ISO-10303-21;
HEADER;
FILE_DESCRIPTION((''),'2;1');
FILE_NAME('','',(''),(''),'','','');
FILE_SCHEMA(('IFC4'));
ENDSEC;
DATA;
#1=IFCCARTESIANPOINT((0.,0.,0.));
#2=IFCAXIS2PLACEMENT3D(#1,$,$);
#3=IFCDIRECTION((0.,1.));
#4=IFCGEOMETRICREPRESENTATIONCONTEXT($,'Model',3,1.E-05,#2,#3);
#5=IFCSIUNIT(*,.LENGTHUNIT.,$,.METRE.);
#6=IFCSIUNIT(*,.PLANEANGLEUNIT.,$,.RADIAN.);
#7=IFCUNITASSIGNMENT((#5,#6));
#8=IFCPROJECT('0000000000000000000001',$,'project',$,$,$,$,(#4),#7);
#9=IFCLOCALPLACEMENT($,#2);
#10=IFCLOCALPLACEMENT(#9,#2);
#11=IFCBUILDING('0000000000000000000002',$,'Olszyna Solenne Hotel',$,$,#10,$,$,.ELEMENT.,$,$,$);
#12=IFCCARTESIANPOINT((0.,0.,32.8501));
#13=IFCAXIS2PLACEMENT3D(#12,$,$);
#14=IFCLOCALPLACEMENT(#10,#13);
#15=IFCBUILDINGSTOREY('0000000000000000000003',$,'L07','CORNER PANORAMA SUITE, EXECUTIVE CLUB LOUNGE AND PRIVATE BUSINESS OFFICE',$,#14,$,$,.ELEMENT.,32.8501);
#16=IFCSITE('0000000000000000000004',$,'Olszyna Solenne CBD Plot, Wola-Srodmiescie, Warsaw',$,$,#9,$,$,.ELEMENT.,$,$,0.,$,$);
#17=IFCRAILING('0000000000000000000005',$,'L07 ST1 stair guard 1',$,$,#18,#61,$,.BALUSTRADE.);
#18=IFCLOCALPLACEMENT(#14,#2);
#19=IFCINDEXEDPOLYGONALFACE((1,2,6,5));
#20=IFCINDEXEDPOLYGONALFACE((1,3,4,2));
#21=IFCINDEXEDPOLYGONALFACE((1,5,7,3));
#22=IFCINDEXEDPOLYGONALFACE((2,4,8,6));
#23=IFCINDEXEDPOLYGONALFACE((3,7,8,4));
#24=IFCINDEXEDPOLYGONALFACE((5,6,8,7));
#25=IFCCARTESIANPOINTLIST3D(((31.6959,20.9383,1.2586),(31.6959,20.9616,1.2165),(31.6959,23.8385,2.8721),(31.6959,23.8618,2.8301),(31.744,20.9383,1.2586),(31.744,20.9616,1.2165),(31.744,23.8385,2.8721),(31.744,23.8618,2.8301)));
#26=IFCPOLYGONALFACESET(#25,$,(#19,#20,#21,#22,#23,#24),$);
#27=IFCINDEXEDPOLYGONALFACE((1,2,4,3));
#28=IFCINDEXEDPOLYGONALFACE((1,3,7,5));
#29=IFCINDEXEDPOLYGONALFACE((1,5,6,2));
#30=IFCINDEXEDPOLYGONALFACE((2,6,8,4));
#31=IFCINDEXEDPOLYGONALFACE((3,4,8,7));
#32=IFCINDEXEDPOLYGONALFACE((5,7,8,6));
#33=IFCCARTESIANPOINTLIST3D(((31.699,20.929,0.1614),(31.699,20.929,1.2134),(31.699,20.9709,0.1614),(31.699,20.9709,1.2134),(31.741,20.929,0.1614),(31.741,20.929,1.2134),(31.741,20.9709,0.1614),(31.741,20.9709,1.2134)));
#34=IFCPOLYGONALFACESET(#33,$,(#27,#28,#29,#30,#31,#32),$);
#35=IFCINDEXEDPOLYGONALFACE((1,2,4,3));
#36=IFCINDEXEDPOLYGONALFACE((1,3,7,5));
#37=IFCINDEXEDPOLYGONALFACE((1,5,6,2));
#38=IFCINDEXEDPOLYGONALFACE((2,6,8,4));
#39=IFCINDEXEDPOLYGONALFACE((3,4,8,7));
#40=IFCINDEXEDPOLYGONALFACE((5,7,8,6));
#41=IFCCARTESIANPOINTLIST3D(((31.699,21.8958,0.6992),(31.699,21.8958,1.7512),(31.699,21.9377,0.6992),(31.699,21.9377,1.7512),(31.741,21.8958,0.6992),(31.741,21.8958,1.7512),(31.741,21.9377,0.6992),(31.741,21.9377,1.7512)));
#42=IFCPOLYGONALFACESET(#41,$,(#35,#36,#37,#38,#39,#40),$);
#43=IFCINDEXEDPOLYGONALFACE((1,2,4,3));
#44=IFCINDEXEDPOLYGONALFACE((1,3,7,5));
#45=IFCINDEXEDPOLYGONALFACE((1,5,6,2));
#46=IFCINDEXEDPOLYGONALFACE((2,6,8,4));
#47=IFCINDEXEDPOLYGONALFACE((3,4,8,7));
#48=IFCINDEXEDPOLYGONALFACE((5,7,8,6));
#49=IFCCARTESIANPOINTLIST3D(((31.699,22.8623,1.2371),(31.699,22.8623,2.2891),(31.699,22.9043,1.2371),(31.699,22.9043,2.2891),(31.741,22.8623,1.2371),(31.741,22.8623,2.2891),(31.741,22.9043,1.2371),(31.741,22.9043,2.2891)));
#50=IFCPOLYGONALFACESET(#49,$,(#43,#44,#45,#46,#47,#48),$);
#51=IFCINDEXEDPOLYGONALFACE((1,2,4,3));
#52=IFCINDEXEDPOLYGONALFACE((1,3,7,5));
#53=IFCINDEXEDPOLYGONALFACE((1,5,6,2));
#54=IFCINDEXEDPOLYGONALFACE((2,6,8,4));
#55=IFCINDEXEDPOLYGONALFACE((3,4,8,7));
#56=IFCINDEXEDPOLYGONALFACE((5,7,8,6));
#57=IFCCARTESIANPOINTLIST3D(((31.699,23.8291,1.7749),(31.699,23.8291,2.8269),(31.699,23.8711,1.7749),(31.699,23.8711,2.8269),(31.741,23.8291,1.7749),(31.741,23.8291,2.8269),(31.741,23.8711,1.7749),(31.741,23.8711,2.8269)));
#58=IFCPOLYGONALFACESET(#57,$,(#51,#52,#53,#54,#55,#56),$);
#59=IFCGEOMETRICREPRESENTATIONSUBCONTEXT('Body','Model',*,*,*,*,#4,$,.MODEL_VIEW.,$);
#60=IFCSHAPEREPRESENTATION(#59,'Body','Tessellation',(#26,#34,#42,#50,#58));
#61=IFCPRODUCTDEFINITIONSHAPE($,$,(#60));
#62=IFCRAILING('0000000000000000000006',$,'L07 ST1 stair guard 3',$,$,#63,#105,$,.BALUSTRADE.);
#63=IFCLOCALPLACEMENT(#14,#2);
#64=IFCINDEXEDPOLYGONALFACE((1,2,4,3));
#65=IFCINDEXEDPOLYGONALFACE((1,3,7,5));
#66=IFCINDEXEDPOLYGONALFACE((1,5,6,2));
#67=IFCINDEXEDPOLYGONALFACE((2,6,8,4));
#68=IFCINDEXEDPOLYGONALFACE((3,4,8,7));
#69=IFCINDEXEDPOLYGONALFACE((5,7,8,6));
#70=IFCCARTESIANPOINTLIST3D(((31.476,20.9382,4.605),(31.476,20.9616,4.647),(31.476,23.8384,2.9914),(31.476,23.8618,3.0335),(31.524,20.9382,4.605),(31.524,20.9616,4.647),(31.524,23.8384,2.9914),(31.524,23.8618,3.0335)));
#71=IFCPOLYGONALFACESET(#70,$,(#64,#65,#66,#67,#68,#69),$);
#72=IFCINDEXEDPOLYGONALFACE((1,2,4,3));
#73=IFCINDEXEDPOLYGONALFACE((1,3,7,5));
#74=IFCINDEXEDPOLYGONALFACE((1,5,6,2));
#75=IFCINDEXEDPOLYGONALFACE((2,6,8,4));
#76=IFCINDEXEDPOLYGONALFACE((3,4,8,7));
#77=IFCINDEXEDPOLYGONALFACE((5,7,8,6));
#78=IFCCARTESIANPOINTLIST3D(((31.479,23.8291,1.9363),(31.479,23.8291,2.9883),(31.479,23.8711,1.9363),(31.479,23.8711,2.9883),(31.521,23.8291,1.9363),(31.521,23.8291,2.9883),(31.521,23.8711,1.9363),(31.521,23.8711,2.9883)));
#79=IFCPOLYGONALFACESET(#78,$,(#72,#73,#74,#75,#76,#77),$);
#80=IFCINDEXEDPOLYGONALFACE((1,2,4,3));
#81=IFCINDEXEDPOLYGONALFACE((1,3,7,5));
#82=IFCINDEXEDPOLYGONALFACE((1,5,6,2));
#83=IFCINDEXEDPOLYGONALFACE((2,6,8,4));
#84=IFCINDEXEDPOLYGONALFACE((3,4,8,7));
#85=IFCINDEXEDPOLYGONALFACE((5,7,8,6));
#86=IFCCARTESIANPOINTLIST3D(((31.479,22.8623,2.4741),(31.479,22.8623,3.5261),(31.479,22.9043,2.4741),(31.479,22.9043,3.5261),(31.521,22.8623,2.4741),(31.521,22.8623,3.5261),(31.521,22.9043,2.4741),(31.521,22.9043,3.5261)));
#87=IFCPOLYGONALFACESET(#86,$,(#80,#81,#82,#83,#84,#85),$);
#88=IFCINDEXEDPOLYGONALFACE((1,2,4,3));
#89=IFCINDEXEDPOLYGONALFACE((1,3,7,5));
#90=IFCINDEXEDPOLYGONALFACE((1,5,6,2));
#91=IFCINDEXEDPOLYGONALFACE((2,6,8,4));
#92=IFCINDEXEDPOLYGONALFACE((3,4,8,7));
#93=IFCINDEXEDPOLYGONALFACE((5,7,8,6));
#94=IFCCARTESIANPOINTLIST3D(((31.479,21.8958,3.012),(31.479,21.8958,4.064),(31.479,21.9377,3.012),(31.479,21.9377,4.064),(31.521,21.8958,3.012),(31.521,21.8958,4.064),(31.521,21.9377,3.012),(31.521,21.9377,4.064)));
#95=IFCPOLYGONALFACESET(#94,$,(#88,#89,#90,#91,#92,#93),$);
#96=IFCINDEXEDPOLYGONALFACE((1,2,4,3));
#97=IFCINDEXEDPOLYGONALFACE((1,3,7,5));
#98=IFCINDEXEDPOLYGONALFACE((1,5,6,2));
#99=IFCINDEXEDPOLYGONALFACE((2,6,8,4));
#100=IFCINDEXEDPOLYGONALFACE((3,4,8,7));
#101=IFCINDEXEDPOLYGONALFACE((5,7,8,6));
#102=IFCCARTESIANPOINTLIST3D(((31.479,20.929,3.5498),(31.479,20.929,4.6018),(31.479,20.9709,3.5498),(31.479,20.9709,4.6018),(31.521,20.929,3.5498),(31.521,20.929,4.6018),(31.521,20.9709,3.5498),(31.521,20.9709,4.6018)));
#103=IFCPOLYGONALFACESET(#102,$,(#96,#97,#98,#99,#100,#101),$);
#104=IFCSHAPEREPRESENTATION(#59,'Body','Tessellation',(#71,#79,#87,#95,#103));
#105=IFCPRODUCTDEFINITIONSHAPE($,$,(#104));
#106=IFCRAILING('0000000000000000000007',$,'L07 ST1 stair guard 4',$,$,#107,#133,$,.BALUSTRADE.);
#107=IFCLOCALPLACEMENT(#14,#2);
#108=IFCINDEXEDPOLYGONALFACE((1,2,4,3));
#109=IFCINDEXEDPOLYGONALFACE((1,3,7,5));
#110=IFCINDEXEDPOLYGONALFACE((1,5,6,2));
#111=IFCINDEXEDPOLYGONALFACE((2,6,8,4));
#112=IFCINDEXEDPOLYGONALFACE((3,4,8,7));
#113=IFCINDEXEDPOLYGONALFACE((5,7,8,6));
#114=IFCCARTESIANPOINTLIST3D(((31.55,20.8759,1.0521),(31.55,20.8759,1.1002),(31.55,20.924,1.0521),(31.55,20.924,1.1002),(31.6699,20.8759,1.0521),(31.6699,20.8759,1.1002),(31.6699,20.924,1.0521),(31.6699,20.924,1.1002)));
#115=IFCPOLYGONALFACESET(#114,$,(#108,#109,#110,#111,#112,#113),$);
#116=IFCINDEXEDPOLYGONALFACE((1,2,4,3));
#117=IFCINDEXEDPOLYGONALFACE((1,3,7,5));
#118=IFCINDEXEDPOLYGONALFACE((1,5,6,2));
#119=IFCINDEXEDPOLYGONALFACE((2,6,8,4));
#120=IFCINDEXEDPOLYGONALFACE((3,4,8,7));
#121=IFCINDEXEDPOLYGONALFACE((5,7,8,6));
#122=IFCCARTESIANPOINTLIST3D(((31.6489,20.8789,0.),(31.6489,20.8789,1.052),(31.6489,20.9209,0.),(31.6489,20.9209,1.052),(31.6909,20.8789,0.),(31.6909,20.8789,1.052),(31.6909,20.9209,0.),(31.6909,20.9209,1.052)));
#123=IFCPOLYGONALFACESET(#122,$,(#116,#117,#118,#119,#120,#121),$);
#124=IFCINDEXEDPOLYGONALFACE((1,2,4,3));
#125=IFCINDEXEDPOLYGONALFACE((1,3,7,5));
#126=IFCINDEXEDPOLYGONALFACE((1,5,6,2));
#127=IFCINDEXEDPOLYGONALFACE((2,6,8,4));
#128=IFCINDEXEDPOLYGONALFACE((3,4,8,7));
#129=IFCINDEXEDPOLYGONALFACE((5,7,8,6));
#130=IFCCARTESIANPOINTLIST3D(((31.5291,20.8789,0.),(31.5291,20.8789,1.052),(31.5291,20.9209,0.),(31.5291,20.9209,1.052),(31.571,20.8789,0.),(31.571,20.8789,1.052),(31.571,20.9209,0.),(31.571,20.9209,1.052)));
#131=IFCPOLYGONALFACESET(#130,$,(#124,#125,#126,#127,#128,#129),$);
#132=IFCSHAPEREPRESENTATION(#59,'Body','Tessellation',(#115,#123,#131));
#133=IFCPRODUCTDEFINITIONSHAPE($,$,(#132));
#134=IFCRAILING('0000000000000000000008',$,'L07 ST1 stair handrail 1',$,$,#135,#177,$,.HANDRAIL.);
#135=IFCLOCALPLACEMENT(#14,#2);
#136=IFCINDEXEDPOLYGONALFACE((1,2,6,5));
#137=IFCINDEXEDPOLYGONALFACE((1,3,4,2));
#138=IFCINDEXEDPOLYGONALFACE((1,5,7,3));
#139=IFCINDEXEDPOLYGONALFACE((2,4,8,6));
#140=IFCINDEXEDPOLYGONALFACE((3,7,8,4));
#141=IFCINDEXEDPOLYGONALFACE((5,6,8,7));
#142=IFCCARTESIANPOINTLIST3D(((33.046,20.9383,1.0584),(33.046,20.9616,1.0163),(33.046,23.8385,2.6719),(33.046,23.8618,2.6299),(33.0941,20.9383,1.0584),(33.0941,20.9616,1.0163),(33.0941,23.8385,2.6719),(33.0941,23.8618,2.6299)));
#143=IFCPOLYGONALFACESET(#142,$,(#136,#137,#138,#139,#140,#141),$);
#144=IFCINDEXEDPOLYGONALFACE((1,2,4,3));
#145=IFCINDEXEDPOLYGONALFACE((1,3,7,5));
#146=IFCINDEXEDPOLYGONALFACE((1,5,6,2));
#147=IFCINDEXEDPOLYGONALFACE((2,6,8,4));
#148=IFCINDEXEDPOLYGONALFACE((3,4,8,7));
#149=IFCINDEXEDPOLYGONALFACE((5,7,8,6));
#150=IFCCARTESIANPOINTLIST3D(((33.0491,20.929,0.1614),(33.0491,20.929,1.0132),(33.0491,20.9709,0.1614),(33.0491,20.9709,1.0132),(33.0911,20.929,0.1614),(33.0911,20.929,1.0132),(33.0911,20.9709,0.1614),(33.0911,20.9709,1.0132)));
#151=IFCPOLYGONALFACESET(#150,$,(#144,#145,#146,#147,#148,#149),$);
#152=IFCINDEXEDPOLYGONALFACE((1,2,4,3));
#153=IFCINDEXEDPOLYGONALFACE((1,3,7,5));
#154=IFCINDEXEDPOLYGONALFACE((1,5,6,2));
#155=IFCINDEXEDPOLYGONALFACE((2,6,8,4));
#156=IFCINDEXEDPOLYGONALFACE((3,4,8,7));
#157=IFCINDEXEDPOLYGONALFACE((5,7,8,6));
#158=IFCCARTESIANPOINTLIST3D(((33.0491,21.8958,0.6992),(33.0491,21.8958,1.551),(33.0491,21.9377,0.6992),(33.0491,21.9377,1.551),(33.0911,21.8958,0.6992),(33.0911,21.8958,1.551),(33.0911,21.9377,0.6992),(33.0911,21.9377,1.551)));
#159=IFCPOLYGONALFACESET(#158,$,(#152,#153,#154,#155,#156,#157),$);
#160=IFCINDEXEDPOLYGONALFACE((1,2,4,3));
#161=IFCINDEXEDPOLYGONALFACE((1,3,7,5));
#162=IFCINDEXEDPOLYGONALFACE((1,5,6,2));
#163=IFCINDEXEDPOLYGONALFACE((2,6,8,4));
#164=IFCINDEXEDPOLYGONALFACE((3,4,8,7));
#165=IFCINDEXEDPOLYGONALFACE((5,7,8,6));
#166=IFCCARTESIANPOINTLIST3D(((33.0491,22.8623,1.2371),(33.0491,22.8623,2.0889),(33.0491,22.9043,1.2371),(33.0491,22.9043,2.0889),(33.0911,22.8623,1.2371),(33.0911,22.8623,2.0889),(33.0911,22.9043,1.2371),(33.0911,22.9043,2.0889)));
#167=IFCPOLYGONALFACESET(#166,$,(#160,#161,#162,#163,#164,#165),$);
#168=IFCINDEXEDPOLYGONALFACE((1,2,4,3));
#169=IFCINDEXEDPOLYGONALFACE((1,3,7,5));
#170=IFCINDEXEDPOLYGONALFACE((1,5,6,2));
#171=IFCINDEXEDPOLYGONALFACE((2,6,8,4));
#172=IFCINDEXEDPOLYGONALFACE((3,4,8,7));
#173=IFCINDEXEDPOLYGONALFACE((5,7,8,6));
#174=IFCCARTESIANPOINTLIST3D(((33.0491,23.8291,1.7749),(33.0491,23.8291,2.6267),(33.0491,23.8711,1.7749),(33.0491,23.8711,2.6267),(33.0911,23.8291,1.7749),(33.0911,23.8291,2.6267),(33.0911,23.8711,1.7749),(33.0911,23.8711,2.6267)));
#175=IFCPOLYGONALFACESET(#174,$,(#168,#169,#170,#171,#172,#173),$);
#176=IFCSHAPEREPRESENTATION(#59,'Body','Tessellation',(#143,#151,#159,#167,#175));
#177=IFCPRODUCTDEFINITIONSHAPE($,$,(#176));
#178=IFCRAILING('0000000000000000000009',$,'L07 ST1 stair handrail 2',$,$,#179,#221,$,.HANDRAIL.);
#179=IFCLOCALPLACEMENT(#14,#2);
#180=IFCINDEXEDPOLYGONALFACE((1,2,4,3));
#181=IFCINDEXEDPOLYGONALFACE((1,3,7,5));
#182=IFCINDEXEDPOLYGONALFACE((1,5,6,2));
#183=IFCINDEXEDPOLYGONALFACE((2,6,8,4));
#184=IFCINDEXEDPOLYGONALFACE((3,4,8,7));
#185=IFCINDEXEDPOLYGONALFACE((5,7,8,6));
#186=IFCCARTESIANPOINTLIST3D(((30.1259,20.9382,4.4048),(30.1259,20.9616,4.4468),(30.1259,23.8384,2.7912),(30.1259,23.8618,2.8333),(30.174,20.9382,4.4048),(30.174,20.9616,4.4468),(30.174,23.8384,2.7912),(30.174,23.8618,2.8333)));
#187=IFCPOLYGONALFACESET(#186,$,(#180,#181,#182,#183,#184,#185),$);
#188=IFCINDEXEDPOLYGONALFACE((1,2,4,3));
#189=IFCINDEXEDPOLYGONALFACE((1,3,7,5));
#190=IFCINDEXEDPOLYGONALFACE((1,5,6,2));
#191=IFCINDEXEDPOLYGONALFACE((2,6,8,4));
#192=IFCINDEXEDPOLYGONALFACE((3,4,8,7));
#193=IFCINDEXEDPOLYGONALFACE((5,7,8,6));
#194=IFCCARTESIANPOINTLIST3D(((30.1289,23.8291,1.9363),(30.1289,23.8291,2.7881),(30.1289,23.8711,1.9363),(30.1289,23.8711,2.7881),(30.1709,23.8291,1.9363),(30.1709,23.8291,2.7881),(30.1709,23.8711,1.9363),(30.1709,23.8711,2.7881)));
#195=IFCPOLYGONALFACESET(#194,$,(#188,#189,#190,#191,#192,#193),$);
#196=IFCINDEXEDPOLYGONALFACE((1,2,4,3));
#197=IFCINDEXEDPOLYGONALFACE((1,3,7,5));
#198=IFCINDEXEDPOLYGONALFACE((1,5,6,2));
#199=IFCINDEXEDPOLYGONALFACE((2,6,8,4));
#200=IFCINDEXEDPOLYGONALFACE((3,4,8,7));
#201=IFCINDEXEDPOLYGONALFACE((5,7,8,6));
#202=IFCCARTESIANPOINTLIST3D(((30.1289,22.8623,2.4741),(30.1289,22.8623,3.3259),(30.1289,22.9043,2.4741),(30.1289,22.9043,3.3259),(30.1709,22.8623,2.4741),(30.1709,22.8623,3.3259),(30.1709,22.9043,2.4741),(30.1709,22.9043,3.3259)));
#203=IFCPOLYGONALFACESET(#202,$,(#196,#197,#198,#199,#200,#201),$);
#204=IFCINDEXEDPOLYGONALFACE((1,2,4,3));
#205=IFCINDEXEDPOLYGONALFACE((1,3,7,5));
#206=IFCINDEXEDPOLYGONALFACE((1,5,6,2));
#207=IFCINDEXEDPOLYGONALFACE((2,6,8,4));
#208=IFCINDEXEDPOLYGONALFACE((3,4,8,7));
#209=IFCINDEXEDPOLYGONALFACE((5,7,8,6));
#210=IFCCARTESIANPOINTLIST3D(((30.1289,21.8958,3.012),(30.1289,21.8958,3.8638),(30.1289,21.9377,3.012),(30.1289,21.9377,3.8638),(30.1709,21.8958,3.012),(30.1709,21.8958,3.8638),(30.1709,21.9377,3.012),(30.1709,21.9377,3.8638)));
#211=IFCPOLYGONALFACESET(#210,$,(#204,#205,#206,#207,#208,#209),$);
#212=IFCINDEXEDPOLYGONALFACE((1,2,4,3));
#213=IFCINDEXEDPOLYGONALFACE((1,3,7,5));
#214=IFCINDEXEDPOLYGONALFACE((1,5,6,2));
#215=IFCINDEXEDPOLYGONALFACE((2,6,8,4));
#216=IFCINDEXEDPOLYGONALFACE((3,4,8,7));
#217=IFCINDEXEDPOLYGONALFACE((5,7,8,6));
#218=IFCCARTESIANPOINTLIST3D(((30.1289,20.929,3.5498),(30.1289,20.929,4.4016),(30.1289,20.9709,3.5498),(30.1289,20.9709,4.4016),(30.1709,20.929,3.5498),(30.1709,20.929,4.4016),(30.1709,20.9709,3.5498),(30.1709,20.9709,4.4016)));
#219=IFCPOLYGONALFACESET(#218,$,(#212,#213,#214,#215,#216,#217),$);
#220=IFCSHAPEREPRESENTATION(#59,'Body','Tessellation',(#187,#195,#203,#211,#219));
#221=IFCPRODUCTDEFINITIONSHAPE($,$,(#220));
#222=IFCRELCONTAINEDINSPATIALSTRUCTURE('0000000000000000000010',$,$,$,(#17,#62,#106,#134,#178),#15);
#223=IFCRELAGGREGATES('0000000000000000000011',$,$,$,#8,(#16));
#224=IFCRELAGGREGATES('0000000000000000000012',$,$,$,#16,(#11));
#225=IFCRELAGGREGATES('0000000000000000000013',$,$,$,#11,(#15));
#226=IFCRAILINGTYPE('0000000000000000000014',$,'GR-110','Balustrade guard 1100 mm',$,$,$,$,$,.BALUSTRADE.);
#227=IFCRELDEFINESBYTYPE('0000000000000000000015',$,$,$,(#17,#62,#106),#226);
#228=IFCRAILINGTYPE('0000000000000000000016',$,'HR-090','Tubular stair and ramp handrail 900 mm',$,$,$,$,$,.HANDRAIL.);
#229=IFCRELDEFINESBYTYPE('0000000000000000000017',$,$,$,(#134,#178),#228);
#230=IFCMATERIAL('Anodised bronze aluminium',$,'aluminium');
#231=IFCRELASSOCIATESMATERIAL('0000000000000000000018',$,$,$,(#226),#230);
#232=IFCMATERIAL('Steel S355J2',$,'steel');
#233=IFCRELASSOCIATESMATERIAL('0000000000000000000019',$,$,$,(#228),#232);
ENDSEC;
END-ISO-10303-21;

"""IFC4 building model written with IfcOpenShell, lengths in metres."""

from ifc_helpers import new_model, si_unit, direction, frame, origin, origin_2d, place, context, subcontext, project, spatial, rectangle, extrude, material, type_object, element, save


model = new_model("IFC4")

# Units and contexts
model_context = context("Model", 3, precision=1e-05, world=origin(), true_north=direction((0.0, 1.0)))
body_context = subcontext(model_context, "Body", "Model", "MODEL_VIEW")
ifc_project = project(units=[si_unit("LENGTHUNIT", "METRE"), si_unit("PLANEANGLEUNIT", "RADIAN")], contexts=[model_context])

# Site, building, storey
site_placement = place(None, origin())
site = spatial("IfcSite", under=ifc_project, at=site_placement, Name="Olszyna Solenne CBD Plot, Wola-Srodmiescie, Warsaw", CompositionType="ELEMENT", RefElevation=0.0)
building_placement = place(site_placement, origin())
building = spatial("IfcBuilding", under=site, at=building_placement, Name="Olszyna Solenne Hotel", CompositionType="ELEMENT")
storey_placement = place(building_placement, frame((0.0, 0.0, 32.8501)))
storey = spatial("IfcBuildingStorey", under=building, at=storey_placement, Name="L07", Description="CORNER PANORAMA SUITE, EXECUTIVE CLUB LOUNGE AND PRIVATE BUSINESS OFFICE", CompositionType="ELEMENT", Elevation=32.8501)

# Shared definitions
ifc_material_1 = material(Name="Steel S355J2", Category="steel")

# Railings
ifc_material_2 = material(Name="Anodised bronze aluminium", Category="aluminium")
railing_type_1 = type_object("IfcRailingType", Name="GR-110", Description="Balustrade guard 1100 mm", PredefinedType="BALUSTRADE", material=ifc_material_2)
railing_1_placement = place(storey_placement, frame((31.72, 20.95, 0.1614)))
element("IfcRailing", 1, at=railing_1_placement, inside=storey, type_object=railing_type_1, Name="L07 ST1 stair guard 1", PredefinedType="BALUSTRADE", context=body_context, shape_type="SweptSolid", body=[
    extrude(rectangle(XDim=0.0481, YDim=0.0481, at=origin_2d()), frame((0.0, 0.0, 1.0762), z_axis=(0.0, 0.873859, 0.48618), x_axis=(-1.0, 0.0, 0.0)), (0.0, 0.0, 1.0), 3.3188),
    extrude(rectangle(XDim=0.042, YDim=0.042, at=origin_2d()), origin(), (0.0, 0.0, 1.0), 1.052),
    extrude(rectangle(XDim=0.042, YDim=0.042, at=origin_2d()), frame((0.0, 0.9668, 0.5378)), (0.0, 0.0, 1.0), 1.052),
    extrude(rectangle(XDim=0.042, YDim=0.042, at=origin_2d()), frame((0.0, 1.9333, 1.0757)), (0.0, 0.0, 1.0), 1.052),
    extrude(rectangle(XDim=0.042, YDim=0.042, at=origin_2d()), frame((0.0, 2.9001, 1.6135)), (0.0, 0.0, 1.0), 1.052),
])
railing_2_placement = place(storey_placement, frame((31.5, 23.8501, 1.9363)))
element("IfcRailing", 2, at=railing_2_placement, inside=storey, type_object=railing_type_1, Name="L07 ST1 stair guard 3", PredefinedType="BALUSTRADE", context=body_context, shape_type="SweptSolid", body=[
    extrude(rectangle(XDim=0.0481, YDim=0.0481, at=origin_2d()), frame((0.0, 0.0, 1.0762), z_axis=(0.0, -0.873859, 0.48618), x_axis=(1.0, 0.0, 0.0)), (0.0, 0.0, 1.0), 3.3188),
    extrude(rectangle(XDim=0.042, YDim=0.042, at=origin_2d()), origin(), (0.0, 0.0, 1.0), 1.052),
    extrude(rectangle(XDim=0.042, YDim=0.042, at=origin_2d()), frame((0.0, -0.9668, 0.5378)), (0.0, 0.0, 1.0), 1.052),
    extrude(rectangle(XDim=0.042, YDim=0.042, at=origin_2d()), frame((0.0, -1.9333, 1.0757)), (0.0, 0.0, 1.0), 1.052),
    extrude(rectangle(XDim=0.042, YDim=0.042, at=origin_2d()), frame((0.0, -2.9001, 1.6135)), (0.0, 0.0, 1.0), 1.052),
])
railing_3_placement = place(storey_placement, frame((31.6699, 20.8999, 0.0)))
element("IfcRailing", 3, at=railing_3_placement, inside=storey, type_object=railing_type_1, Name="L07 ST1 stair guard 4", PredefinedType="BALUSTRADE", context=body_context, shape_type="SweptSolid", body=[
    extrude(rectangle(XDim=0.0481, YDim=0.0481, at=origin_2d()), frame((0.0, 0.0, 1.0762), z_axis=(-1.0, 0.0, 0.0), x_axis=(0.0, -1.0, 0.0)), (0.0, 0.0, 1.0), 0.1199),
    extrude(rectangle(XDim=0.042, YDim=0.042, at=origin_2d()), origin(), (0.0, 0.0, 1.0), 1.052),
    extrude(rectangle(XDim=0.042, YDim=0.042, at=origin_2d()), frame((-0.1199, 0.0, 0.0)), (0.0, 0.0, 1.0), 1.052),
])
railing_type_2 = type_object("IfcRailingType", Name="HR-090", Description="Tubular stair and ramp handrail 900 mm", PredefinedType="HANDRAIL", material=ifc_material_1)
railing_4_placement = place(storey_placement, frame((33.0701, 20.95, 0.1614)))
element("IfcRailing", 4, at=railing_4_placement, inside=storey, type_object=railing_type_2, Name="L07 ST1 stair handrail 1", PredefinedType="HANDRAIL", context=body_context, shape_type="SweptSolid", body=[
    extrude(rectangle(XDim=0.0481, YDim=0.0481, at=origin_2d()), frame((0.0, 0.0, 0.876), z_axis=(0.0, 0.873859, 0.48618), x_axis=(-1.0, 0.0, 0.0)), (0.0, 0.0, 1.0), 3.3188),
    extrude(rectangle(XDim=0.042, YDim=0.042, at=origin_2d()), origin(), (0.0, 0.0, 1.0), 0.8518),
    extrude(rectangle(XDim=0.042, YDim=0.042, at=origin_2d()), frame((0.0, 0.9668, 0.5378)), (0.0, 0.0, 1.0), 0.8518),
    extrude(rectangle(XDim=0.042, YDim=0.042, at=origin_2d()), frame((0.0, 1.9333, 1.0757)), (0.0, 0.0, 1.0), 0.8518),
    extrude(rectangle(XDim=0.042, YDim=0.042, at=origin_2d()), frame((0.0, 2.9001, 1.6135)), (0.0, 0.0, 1.0), 0.8518),
])
railing_5_placement = place(storey_placement, frame((30.1499, 23.8501, 1.9363)))
element("IfcRailing", 5, at=railing_5_placement, inside=storey, type_object=railing_type_2, Name="L07 ST1 stair handrail 2", PredefinedType="HANDRAIL", context=body_context, shape_type="SweptSolid", body=[
    extrude(rectangle(XDim=0.0481, YDim=0.0481, at=origin_2d()), frame((0.0, 0.0, 0.876), z_axis=(0.0, -0.873859, 0.48618), x_axis=(1.0, 0.0, 0.0)), (0.0, 0.0, 1.0), 3.3188),
    extrude(rectangle(XDim=0.042, YDim=0.042, at=origin_2d()), origin(), (0.0, 0.0, 1.0), 0.8518),
    extrude(rectangle(XDim=0.042, YDim=0.042, at=origin_2d()), frame((0.0, -0.9668, 0.5378)), (0.0, 0.0, 1.0), 0.8518),
    extrude(rectangle(XDim=0.042, YDim=0.042, at=origin_2d()), frame((0.0, -1.9333, 1.0757)), (0.0, 0.0, 1.0), 0.8518),
    extrude(rectangle(XDim=0.042, YDim=0.042, at=origin_2d()), frame((0.0, -2.9001, 1.6135)), (0.0, 0.0, 1.0), 0.8518),
])

save(model, "model.ifc")
